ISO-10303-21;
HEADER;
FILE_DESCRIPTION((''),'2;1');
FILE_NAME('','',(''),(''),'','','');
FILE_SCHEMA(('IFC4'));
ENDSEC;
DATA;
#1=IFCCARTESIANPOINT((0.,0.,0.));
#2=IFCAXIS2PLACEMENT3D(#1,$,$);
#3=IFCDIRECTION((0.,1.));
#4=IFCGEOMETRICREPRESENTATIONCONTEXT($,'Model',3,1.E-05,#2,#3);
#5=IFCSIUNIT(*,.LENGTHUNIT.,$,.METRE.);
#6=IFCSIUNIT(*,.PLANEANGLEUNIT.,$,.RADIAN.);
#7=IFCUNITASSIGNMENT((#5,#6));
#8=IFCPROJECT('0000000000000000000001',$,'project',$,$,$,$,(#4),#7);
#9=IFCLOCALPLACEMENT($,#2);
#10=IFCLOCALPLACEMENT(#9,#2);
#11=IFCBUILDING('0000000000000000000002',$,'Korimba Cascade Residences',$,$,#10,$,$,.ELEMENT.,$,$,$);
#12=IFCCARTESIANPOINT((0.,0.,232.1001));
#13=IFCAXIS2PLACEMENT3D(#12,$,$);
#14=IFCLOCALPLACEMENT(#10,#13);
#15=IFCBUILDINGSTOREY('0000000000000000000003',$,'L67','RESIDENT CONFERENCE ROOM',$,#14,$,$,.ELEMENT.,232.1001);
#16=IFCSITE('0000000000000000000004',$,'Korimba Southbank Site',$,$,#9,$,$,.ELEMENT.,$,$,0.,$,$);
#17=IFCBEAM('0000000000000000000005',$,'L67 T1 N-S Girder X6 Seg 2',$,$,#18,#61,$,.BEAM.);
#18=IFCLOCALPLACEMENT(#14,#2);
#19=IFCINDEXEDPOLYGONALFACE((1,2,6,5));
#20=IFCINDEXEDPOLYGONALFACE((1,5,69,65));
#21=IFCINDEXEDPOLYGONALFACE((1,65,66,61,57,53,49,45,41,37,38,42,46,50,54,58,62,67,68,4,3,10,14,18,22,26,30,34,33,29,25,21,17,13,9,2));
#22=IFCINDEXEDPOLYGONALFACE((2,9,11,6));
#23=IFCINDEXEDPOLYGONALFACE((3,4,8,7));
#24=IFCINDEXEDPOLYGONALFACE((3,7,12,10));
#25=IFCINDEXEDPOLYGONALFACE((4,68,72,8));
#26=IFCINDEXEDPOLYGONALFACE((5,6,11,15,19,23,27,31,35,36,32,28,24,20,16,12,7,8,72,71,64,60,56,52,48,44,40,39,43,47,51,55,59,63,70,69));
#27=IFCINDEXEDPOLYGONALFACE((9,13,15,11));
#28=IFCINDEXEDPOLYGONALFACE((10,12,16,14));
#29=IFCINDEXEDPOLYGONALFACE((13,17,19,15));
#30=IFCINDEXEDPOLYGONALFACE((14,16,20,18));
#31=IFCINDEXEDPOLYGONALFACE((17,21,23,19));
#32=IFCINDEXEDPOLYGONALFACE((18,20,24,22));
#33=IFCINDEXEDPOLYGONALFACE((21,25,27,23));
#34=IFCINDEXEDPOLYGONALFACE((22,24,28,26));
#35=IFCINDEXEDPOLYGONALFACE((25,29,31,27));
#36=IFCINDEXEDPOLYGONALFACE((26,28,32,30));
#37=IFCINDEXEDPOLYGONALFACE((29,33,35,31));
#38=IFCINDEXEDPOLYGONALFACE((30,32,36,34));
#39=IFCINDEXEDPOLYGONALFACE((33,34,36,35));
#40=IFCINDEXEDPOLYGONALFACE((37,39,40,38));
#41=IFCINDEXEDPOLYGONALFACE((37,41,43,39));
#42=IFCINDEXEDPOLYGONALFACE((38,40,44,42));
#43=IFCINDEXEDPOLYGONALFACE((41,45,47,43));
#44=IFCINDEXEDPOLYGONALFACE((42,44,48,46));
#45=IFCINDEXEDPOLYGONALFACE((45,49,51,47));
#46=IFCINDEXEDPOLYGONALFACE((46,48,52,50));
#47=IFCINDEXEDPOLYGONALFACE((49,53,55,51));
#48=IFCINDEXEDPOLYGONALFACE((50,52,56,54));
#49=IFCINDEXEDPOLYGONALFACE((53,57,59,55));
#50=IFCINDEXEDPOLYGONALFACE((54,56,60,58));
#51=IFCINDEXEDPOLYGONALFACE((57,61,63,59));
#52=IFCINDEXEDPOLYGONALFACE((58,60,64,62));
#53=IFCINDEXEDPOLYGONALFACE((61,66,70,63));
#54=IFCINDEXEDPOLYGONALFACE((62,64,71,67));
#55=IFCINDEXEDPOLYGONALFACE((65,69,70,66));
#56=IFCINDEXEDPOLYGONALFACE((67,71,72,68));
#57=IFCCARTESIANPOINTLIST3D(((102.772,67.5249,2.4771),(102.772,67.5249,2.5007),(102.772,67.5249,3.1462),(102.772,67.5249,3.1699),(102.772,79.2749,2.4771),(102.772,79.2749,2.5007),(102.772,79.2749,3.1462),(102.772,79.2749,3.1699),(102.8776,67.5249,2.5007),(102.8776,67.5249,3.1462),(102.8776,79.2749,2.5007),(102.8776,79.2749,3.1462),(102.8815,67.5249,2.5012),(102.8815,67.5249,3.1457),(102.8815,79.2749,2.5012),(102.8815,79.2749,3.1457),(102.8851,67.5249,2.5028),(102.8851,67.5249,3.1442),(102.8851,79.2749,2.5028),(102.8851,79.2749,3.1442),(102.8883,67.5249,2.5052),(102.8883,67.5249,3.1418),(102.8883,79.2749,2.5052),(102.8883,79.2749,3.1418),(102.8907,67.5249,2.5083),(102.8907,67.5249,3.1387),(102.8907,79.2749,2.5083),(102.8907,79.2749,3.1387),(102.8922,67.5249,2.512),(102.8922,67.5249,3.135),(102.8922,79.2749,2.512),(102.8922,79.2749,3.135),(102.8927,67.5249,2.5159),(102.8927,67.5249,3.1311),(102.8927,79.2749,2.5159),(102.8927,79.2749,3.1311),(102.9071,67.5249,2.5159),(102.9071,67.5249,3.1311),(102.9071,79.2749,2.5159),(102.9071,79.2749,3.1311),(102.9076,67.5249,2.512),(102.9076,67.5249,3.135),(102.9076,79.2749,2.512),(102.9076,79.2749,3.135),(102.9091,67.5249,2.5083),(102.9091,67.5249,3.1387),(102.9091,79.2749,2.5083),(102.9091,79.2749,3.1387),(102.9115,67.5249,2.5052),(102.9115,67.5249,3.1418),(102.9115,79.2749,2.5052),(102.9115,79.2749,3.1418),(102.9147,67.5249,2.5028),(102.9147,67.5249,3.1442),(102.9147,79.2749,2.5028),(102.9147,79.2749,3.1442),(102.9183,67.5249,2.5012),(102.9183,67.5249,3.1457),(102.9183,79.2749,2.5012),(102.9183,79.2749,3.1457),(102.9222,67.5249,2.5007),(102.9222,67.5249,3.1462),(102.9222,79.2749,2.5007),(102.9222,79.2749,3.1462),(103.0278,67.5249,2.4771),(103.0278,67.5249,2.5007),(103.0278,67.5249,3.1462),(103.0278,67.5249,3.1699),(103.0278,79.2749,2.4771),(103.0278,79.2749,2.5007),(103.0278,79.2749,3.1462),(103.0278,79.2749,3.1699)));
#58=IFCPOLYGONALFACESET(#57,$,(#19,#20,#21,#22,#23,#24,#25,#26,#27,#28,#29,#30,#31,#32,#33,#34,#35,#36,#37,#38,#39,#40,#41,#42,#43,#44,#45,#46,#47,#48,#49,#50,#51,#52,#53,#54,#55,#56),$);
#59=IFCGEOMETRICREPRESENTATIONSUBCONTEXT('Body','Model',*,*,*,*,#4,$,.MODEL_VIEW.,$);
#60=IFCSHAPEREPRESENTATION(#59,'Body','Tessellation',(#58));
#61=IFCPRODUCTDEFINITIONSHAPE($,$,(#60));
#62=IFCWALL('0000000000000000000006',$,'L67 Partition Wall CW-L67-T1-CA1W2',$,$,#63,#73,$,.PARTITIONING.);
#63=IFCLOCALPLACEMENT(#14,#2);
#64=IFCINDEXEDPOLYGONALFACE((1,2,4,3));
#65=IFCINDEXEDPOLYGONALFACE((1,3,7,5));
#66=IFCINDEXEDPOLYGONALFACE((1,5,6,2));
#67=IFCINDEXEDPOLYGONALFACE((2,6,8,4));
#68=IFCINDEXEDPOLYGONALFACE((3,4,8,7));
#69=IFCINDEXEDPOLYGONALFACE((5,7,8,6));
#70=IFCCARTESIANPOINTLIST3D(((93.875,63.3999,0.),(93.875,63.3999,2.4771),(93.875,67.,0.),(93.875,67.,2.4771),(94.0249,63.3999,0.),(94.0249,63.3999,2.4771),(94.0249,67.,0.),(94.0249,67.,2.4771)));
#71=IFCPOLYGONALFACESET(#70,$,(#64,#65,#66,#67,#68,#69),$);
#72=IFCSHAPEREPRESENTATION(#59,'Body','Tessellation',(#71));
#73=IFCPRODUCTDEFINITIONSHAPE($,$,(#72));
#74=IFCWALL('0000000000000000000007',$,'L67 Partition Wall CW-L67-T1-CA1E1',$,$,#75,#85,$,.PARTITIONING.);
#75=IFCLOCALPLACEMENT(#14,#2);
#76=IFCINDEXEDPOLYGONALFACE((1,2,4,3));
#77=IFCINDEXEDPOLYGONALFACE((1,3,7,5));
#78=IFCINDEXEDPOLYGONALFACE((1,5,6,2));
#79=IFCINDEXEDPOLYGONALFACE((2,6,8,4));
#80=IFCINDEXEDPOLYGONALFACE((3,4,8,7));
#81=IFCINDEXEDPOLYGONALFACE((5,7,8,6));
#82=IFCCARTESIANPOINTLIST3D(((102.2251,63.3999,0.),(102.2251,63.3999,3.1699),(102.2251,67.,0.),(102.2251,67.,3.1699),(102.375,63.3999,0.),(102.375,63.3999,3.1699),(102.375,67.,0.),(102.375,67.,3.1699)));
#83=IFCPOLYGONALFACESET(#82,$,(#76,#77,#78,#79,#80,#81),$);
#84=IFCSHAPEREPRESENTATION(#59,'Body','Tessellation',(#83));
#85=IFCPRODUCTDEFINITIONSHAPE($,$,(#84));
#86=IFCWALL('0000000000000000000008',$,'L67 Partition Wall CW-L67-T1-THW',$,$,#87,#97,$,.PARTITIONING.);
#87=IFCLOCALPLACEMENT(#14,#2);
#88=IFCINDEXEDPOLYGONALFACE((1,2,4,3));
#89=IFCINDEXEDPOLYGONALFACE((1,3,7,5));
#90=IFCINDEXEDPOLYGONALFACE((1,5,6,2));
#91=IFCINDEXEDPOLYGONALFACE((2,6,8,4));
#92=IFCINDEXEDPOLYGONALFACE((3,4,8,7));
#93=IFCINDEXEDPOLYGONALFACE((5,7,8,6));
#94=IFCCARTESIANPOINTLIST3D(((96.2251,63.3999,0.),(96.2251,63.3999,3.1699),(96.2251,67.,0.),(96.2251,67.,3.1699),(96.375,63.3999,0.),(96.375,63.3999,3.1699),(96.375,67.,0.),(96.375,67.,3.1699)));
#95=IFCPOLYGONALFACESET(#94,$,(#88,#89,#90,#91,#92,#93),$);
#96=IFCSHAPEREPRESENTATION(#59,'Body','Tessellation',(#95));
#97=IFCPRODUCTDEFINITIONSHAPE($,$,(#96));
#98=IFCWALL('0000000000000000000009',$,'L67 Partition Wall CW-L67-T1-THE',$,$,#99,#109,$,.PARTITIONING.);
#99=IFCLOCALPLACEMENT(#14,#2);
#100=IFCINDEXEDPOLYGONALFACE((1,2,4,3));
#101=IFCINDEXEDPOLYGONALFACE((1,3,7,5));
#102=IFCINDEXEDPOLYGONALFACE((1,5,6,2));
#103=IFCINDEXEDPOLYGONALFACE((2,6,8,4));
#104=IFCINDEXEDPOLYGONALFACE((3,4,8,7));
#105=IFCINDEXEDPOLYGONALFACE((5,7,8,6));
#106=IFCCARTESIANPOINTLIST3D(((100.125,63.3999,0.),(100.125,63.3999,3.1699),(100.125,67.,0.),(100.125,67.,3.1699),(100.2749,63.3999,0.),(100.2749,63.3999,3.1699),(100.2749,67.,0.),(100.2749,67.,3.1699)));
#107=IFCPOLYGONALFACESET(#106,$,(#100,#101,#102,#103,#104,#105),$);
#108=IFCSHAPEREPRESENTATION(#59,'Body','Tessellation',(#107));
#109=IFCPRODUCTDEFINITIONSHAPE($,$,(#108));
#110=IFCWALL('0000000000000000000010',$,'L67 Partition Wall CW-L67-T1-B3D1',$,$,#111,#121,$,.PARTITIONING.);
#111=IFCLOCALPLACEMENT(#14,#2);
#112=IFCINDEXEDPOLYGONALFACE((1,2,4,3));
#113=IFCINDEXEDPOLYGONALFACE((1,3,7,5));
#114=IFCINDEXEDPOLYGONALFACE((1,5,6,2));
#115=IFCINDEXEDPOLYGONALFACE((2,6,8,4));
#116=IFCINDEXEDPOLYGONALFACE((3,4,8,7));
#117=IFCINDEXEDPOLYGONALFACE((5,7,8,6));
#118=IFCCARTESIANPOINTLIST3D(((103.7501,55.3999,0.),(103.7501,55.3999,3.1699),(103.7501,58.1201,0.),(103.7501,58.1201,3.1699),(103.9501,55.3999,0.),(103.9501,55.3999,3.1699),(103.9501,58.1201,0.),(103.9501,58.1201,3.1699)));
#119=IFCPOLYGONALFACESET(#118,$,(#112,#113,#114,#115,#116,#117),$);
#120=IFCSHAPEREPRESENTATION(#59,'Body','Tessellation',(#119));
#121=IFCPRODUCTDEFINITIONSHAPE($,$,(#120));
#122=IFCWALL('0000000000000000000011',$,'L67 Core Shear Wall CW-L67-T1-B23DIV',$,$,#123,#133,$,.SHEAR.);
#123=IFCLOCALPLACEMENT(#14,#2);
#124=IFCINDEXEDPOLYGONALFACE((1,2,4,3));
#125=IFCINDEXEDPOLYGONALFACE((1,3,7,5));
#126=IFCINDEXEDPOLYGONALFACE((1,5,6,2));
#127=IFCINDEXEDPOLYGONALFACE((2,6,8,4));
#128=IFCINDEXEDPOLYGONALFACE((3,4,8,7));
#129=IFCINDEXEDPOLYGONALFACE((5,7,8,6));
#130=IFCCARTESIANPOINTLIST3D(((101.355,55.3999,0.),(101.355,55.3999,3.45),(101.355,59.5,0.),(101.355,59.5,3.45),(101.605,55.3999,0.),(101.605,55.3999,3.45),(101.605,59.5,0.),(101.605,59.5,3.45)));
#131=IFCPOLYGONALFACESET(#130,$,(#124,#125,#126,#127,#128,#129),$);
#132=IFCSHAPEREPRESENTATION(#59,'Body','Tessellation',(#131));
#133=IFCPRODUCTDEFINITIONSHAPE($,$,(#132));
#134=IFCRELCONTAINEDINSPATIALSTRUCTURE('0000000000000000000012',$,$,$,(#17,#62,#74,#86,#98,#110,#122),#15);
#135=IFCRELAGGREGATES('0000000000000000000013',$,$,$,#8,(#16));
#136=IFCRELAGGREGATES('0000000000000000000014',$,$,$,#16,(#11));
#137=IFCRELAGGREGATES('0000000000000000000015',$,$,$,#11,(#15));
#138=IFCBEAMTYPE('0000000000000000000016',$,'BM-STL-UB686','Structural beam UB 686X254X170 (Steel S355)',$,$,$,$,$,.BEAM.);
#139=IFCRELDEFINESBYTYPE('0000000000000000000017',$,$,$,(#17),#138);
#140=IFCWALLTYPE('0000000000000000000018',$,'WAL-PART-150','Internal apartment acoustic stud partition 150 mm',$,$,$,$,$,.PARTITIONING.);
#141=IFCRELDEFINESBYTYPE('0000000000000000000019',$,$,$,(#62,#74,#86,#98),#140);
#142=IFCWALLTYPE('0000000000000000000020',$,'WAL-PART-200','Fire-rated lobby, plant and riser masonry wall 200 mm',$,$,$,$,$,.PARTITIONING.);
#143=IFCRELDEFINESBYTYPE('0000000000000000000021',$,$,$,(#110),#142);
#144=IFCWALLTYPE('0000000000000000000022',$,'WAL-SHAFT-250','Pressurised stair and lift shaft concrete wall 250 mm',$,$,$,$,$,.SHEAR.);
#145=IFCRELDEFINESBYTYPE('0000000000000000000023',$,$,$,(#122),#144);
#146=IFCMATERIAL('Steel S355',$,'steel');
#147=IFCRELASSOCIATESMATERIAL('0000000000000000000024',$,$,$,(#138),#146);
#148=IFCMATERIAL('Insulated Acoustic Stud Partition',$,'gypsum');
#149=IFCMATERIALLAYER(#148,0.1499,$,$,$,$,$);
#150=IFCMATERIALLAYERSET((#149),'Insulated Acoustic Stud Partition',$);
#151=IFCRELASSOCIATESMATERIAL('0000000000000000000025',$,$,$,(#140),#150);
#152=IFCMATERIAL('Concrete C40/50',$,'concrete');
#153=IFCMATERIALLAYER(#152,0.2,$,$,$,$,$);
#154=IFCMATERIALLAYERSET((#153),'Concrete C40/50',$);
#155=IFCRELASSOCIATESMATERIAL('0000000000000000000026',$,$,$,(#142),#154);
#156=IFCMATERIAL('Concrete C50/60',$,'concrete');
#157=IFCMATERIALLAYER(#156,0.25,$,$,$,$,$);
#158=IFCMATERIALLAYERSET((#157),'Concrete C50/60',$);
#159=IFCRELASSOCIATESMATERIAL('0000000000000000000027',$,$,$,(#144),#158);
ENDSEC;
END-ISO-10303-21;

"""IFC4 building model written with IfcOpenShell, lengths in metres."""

from ifc_helpers import new_model, si_unit, direction, frame, frame_2d, origin, origin_2d, place, context, subcontext, project, spatial, rectangle, i_section, extrude, material, layer, layer_set, material_profile, profile_set, type_object, element, save


model = new_model("IFC4")

# Units and contexts
model_context = context("Model", 3, precision=1e-05, world=origin(), true_north=direction((0.0, 1.0)))
body_context = subcontext(model_context, "Body", "Model", "MODEL_VIEW")
ifc_project = project(units=[si_unit("LENGTHUNIT", "METRE"), si_unit("PLANEANGLEUNIT", "RADIAN")], contexts=[model_context])

# Site, building, storey
site_placement = place(None, origin())
site = spatial("IfcSite", under=ifc_project, at=site_placement, Name="Korimba Southbank Site", CompositionType="ELEMENT", RefElevation=0.0)
building_placement = place(site_placement, origin())
building = spatial("IfcBuilding", under=site, at=building_placement, Name="Korimba Cascade Residences", CompositionType="ELEMENT")
storey_placement = place(building_placement, frame((0.0, 0.0, 232.1001)))
storey = spatial("IfcBuildingStorey", under=building, at=storey_placement, Name="L67", Description="RESIDENT CONFERENCE ROOM", CompositionType="ELEMENT", Elevation=232.1001)

# Shared definitions
ifc_material_1 = material(Name="Concrete C50/60", Category="concrete")

# Beam
ifc_material_2 = material(Name="Steel S355", Category="steel")
ifc_material_profile_1 = material_profile(ifc_material_2, i_section(OverallWidth=0.2559, OverallDepth=0.6929, WebThickness=0.0144, FlangeThickness=0.0237, FilletRadius=0.0151, at=origin_2d()), Name="Steel S355")
ifc_profile_set_1 = profile_set([ifc_material_profile_1], Name="Steel S355")
beam_type = type_object("IfcBeamType", Name="BM-STL-UB686", Description="Structural beam UB 686X254X170 (Steel S355)", PredefinedType="BEAM", material=ifc_profile_set_1)
beam_1_placement = place(storey_placement, frame((102.8999, 67.5249, 2.8235), z_axis=(0.0, 1.0, 0.0), x_axis=(-1.0, 0.0, 0.0)))
element("IfcBeam", 1, at=beam_1_placement, inside=storey, type_object=beam_type, Name="L67 T1 N-S Girder X6 Seg 2", PredefinedType="BEAM", context=body_context, shape_type="SweptSolid", body=[
    extrude(i_section(OverallWidth=0.2559, OverallDepth=0.6929, WebThickness=0.0144, FlangeThickness=0.0237, FilletRadius=0.0151, at=origin_2d()), origin(), (0.0, 0.0, 1.0), 11.75),
])

# Walls
ifc_material_3 = material(Name="Insulated Acoustic Stud Partition", Category="gypsum")
ifc_layer_1 = layer(ifc_material_3, 0.1499)
ifc_layer_set_1 = layer_set([ifc_layer_1], Name="Insulated Acoustic Stud Partition")
wall_type_1 = type_object("IfcWallType", Name="WAL-PART-150", Description="Internal apartment acoustic stud partition 150 mm", PredefinedType="PARTITIONING", material=ifc_layer_set_1)
wall_1_placement = place(storey_placement, frame((93.95, 63.3999, 0.0), z_axis=(0.0, 0.0, 1.0), x_axis=(0.0, 1.0, 0.0)))
element("IfcWall", 2, at=wall_1_placement, inside=storey, type_object=wall_type_1, Name="L67 Partition Wall CW-L67-T1-CA1W2", PredefinedType="PARTITIONING", context=body_context, shape_type="SweptSolid", body=[
    extrude(rectangle(XDim=3.6001, YDim=0.1499, at=frame_2d((1.8, 0.0))), origin(), (0.0, 0.0, 1.0), 2.4771),
])
for number, where, z_axis, x_axis, name in (
    (3, (102.3, 63.3999, 0.0), (0.0, 0.0, 1.0), (0.0, 1.0, 0.0), "L67 Partition Wall CW-L67-T1-CA1E1"),
    (4, (96.3, 63.3999, 0.0), (0.0, 0.0, 1.0), (0.0, 1.0, 0.0), "L67 Partition Wall CW-L67-T1-THW"),
    (5, (100.2, 63.3999, 0.0), (0.0, 0.0, 1.0), (0.0, 1.0, 0.0), "L67 Partition Wall CW-L67-T1-THE"),
):
    element("IfcWall", number, at=place(storey_placement, frame(where, z_axis=z_axis, x_axis=x_axis)), inside=storey, type_object=wall_type_1, Name=name, PredefinedType="PARTITIONING", context=body_context, shape_type="SweptSolid", body=[
        extrude(rectangle(XDim=3.6001, YDim=0.1499, at=frame_2d((1.8, 0.0))), origin(), (0.0, 0.0, 1.0), 3.1699),
    ])
ifc_material_4 = material(Name="Concrete C40/50", Category="concrete")
ifc_layer_2 = layer(ifc_material_4, 0.2)
ifc_layer_set_2 = layer_set([ifc_layer_2], Name="Concrete C40/50")
wall_type_2 = type_object("IfcWallType", Name="WAL-PART-200", Description="Fire-rated lobby, plant and riser masonry wall 200 mm", PredefinedType="PARTITIONING", material=ifc_layer_set_2)
wall_2_placement = place(storey_placement, frame((103.8501, 55.3999, 0.0), z_axis=(0.0, 0.0, 1.0), x_axis=(0.0, 1.0, 0.0)))
element("IfcWall", 6, at=wall_2_placement, inside=storey, type_object=wall_type_2, Name="L67 Partition Wall CW-L67-T1-B3D1", PredefinedType="PARTITIONING", context=body_context, shape_type="SweptSolid", body=[
    extrude(rectangle(XDim=2.7202, YDim=0.2, at=frame_2d((1.3601, 0.0))), origin(), (0.0, 0.0, 1.0), 3.1699),
])
ifc_layer_3 = layer(ifc_material_1, 0.25)
ifc_layer_set_3 = layer_set([ifc_layer_3], Name="Concrete C50/60")
wall_type_3 = type_object("IfcWallType", Name="WAL-SHAFT-250", Description="Pressurised stair and lift shaft concrete wall 250 mm", PredefinedType="SHEAR", material=ifc_layer_set_3)
wall_3_placement = place(storey_placement, frame((101.48, 55.3999, 0.0), z_axis=(0.0, 0.0, 1.0), x_axis=(0.0, 1.0, 0.0)))
element("IfcWall", 7, at=wall_3_placement, inside=storey, type_object=wall_type_3, Name="L67 Core Shear Wall CW-L67-T1-B23DIV", PredefinedType="SHEAR", context=body_context, shape_type="SweptSolid", body=[
    extrude(rectangle(XDim=4.1001, YDim=0.25, at=frame_2d((2.05, 0.0))), origin(), (0.0, 0.0, 1.0), 3.45),
])

save(model, "model.ifc")
